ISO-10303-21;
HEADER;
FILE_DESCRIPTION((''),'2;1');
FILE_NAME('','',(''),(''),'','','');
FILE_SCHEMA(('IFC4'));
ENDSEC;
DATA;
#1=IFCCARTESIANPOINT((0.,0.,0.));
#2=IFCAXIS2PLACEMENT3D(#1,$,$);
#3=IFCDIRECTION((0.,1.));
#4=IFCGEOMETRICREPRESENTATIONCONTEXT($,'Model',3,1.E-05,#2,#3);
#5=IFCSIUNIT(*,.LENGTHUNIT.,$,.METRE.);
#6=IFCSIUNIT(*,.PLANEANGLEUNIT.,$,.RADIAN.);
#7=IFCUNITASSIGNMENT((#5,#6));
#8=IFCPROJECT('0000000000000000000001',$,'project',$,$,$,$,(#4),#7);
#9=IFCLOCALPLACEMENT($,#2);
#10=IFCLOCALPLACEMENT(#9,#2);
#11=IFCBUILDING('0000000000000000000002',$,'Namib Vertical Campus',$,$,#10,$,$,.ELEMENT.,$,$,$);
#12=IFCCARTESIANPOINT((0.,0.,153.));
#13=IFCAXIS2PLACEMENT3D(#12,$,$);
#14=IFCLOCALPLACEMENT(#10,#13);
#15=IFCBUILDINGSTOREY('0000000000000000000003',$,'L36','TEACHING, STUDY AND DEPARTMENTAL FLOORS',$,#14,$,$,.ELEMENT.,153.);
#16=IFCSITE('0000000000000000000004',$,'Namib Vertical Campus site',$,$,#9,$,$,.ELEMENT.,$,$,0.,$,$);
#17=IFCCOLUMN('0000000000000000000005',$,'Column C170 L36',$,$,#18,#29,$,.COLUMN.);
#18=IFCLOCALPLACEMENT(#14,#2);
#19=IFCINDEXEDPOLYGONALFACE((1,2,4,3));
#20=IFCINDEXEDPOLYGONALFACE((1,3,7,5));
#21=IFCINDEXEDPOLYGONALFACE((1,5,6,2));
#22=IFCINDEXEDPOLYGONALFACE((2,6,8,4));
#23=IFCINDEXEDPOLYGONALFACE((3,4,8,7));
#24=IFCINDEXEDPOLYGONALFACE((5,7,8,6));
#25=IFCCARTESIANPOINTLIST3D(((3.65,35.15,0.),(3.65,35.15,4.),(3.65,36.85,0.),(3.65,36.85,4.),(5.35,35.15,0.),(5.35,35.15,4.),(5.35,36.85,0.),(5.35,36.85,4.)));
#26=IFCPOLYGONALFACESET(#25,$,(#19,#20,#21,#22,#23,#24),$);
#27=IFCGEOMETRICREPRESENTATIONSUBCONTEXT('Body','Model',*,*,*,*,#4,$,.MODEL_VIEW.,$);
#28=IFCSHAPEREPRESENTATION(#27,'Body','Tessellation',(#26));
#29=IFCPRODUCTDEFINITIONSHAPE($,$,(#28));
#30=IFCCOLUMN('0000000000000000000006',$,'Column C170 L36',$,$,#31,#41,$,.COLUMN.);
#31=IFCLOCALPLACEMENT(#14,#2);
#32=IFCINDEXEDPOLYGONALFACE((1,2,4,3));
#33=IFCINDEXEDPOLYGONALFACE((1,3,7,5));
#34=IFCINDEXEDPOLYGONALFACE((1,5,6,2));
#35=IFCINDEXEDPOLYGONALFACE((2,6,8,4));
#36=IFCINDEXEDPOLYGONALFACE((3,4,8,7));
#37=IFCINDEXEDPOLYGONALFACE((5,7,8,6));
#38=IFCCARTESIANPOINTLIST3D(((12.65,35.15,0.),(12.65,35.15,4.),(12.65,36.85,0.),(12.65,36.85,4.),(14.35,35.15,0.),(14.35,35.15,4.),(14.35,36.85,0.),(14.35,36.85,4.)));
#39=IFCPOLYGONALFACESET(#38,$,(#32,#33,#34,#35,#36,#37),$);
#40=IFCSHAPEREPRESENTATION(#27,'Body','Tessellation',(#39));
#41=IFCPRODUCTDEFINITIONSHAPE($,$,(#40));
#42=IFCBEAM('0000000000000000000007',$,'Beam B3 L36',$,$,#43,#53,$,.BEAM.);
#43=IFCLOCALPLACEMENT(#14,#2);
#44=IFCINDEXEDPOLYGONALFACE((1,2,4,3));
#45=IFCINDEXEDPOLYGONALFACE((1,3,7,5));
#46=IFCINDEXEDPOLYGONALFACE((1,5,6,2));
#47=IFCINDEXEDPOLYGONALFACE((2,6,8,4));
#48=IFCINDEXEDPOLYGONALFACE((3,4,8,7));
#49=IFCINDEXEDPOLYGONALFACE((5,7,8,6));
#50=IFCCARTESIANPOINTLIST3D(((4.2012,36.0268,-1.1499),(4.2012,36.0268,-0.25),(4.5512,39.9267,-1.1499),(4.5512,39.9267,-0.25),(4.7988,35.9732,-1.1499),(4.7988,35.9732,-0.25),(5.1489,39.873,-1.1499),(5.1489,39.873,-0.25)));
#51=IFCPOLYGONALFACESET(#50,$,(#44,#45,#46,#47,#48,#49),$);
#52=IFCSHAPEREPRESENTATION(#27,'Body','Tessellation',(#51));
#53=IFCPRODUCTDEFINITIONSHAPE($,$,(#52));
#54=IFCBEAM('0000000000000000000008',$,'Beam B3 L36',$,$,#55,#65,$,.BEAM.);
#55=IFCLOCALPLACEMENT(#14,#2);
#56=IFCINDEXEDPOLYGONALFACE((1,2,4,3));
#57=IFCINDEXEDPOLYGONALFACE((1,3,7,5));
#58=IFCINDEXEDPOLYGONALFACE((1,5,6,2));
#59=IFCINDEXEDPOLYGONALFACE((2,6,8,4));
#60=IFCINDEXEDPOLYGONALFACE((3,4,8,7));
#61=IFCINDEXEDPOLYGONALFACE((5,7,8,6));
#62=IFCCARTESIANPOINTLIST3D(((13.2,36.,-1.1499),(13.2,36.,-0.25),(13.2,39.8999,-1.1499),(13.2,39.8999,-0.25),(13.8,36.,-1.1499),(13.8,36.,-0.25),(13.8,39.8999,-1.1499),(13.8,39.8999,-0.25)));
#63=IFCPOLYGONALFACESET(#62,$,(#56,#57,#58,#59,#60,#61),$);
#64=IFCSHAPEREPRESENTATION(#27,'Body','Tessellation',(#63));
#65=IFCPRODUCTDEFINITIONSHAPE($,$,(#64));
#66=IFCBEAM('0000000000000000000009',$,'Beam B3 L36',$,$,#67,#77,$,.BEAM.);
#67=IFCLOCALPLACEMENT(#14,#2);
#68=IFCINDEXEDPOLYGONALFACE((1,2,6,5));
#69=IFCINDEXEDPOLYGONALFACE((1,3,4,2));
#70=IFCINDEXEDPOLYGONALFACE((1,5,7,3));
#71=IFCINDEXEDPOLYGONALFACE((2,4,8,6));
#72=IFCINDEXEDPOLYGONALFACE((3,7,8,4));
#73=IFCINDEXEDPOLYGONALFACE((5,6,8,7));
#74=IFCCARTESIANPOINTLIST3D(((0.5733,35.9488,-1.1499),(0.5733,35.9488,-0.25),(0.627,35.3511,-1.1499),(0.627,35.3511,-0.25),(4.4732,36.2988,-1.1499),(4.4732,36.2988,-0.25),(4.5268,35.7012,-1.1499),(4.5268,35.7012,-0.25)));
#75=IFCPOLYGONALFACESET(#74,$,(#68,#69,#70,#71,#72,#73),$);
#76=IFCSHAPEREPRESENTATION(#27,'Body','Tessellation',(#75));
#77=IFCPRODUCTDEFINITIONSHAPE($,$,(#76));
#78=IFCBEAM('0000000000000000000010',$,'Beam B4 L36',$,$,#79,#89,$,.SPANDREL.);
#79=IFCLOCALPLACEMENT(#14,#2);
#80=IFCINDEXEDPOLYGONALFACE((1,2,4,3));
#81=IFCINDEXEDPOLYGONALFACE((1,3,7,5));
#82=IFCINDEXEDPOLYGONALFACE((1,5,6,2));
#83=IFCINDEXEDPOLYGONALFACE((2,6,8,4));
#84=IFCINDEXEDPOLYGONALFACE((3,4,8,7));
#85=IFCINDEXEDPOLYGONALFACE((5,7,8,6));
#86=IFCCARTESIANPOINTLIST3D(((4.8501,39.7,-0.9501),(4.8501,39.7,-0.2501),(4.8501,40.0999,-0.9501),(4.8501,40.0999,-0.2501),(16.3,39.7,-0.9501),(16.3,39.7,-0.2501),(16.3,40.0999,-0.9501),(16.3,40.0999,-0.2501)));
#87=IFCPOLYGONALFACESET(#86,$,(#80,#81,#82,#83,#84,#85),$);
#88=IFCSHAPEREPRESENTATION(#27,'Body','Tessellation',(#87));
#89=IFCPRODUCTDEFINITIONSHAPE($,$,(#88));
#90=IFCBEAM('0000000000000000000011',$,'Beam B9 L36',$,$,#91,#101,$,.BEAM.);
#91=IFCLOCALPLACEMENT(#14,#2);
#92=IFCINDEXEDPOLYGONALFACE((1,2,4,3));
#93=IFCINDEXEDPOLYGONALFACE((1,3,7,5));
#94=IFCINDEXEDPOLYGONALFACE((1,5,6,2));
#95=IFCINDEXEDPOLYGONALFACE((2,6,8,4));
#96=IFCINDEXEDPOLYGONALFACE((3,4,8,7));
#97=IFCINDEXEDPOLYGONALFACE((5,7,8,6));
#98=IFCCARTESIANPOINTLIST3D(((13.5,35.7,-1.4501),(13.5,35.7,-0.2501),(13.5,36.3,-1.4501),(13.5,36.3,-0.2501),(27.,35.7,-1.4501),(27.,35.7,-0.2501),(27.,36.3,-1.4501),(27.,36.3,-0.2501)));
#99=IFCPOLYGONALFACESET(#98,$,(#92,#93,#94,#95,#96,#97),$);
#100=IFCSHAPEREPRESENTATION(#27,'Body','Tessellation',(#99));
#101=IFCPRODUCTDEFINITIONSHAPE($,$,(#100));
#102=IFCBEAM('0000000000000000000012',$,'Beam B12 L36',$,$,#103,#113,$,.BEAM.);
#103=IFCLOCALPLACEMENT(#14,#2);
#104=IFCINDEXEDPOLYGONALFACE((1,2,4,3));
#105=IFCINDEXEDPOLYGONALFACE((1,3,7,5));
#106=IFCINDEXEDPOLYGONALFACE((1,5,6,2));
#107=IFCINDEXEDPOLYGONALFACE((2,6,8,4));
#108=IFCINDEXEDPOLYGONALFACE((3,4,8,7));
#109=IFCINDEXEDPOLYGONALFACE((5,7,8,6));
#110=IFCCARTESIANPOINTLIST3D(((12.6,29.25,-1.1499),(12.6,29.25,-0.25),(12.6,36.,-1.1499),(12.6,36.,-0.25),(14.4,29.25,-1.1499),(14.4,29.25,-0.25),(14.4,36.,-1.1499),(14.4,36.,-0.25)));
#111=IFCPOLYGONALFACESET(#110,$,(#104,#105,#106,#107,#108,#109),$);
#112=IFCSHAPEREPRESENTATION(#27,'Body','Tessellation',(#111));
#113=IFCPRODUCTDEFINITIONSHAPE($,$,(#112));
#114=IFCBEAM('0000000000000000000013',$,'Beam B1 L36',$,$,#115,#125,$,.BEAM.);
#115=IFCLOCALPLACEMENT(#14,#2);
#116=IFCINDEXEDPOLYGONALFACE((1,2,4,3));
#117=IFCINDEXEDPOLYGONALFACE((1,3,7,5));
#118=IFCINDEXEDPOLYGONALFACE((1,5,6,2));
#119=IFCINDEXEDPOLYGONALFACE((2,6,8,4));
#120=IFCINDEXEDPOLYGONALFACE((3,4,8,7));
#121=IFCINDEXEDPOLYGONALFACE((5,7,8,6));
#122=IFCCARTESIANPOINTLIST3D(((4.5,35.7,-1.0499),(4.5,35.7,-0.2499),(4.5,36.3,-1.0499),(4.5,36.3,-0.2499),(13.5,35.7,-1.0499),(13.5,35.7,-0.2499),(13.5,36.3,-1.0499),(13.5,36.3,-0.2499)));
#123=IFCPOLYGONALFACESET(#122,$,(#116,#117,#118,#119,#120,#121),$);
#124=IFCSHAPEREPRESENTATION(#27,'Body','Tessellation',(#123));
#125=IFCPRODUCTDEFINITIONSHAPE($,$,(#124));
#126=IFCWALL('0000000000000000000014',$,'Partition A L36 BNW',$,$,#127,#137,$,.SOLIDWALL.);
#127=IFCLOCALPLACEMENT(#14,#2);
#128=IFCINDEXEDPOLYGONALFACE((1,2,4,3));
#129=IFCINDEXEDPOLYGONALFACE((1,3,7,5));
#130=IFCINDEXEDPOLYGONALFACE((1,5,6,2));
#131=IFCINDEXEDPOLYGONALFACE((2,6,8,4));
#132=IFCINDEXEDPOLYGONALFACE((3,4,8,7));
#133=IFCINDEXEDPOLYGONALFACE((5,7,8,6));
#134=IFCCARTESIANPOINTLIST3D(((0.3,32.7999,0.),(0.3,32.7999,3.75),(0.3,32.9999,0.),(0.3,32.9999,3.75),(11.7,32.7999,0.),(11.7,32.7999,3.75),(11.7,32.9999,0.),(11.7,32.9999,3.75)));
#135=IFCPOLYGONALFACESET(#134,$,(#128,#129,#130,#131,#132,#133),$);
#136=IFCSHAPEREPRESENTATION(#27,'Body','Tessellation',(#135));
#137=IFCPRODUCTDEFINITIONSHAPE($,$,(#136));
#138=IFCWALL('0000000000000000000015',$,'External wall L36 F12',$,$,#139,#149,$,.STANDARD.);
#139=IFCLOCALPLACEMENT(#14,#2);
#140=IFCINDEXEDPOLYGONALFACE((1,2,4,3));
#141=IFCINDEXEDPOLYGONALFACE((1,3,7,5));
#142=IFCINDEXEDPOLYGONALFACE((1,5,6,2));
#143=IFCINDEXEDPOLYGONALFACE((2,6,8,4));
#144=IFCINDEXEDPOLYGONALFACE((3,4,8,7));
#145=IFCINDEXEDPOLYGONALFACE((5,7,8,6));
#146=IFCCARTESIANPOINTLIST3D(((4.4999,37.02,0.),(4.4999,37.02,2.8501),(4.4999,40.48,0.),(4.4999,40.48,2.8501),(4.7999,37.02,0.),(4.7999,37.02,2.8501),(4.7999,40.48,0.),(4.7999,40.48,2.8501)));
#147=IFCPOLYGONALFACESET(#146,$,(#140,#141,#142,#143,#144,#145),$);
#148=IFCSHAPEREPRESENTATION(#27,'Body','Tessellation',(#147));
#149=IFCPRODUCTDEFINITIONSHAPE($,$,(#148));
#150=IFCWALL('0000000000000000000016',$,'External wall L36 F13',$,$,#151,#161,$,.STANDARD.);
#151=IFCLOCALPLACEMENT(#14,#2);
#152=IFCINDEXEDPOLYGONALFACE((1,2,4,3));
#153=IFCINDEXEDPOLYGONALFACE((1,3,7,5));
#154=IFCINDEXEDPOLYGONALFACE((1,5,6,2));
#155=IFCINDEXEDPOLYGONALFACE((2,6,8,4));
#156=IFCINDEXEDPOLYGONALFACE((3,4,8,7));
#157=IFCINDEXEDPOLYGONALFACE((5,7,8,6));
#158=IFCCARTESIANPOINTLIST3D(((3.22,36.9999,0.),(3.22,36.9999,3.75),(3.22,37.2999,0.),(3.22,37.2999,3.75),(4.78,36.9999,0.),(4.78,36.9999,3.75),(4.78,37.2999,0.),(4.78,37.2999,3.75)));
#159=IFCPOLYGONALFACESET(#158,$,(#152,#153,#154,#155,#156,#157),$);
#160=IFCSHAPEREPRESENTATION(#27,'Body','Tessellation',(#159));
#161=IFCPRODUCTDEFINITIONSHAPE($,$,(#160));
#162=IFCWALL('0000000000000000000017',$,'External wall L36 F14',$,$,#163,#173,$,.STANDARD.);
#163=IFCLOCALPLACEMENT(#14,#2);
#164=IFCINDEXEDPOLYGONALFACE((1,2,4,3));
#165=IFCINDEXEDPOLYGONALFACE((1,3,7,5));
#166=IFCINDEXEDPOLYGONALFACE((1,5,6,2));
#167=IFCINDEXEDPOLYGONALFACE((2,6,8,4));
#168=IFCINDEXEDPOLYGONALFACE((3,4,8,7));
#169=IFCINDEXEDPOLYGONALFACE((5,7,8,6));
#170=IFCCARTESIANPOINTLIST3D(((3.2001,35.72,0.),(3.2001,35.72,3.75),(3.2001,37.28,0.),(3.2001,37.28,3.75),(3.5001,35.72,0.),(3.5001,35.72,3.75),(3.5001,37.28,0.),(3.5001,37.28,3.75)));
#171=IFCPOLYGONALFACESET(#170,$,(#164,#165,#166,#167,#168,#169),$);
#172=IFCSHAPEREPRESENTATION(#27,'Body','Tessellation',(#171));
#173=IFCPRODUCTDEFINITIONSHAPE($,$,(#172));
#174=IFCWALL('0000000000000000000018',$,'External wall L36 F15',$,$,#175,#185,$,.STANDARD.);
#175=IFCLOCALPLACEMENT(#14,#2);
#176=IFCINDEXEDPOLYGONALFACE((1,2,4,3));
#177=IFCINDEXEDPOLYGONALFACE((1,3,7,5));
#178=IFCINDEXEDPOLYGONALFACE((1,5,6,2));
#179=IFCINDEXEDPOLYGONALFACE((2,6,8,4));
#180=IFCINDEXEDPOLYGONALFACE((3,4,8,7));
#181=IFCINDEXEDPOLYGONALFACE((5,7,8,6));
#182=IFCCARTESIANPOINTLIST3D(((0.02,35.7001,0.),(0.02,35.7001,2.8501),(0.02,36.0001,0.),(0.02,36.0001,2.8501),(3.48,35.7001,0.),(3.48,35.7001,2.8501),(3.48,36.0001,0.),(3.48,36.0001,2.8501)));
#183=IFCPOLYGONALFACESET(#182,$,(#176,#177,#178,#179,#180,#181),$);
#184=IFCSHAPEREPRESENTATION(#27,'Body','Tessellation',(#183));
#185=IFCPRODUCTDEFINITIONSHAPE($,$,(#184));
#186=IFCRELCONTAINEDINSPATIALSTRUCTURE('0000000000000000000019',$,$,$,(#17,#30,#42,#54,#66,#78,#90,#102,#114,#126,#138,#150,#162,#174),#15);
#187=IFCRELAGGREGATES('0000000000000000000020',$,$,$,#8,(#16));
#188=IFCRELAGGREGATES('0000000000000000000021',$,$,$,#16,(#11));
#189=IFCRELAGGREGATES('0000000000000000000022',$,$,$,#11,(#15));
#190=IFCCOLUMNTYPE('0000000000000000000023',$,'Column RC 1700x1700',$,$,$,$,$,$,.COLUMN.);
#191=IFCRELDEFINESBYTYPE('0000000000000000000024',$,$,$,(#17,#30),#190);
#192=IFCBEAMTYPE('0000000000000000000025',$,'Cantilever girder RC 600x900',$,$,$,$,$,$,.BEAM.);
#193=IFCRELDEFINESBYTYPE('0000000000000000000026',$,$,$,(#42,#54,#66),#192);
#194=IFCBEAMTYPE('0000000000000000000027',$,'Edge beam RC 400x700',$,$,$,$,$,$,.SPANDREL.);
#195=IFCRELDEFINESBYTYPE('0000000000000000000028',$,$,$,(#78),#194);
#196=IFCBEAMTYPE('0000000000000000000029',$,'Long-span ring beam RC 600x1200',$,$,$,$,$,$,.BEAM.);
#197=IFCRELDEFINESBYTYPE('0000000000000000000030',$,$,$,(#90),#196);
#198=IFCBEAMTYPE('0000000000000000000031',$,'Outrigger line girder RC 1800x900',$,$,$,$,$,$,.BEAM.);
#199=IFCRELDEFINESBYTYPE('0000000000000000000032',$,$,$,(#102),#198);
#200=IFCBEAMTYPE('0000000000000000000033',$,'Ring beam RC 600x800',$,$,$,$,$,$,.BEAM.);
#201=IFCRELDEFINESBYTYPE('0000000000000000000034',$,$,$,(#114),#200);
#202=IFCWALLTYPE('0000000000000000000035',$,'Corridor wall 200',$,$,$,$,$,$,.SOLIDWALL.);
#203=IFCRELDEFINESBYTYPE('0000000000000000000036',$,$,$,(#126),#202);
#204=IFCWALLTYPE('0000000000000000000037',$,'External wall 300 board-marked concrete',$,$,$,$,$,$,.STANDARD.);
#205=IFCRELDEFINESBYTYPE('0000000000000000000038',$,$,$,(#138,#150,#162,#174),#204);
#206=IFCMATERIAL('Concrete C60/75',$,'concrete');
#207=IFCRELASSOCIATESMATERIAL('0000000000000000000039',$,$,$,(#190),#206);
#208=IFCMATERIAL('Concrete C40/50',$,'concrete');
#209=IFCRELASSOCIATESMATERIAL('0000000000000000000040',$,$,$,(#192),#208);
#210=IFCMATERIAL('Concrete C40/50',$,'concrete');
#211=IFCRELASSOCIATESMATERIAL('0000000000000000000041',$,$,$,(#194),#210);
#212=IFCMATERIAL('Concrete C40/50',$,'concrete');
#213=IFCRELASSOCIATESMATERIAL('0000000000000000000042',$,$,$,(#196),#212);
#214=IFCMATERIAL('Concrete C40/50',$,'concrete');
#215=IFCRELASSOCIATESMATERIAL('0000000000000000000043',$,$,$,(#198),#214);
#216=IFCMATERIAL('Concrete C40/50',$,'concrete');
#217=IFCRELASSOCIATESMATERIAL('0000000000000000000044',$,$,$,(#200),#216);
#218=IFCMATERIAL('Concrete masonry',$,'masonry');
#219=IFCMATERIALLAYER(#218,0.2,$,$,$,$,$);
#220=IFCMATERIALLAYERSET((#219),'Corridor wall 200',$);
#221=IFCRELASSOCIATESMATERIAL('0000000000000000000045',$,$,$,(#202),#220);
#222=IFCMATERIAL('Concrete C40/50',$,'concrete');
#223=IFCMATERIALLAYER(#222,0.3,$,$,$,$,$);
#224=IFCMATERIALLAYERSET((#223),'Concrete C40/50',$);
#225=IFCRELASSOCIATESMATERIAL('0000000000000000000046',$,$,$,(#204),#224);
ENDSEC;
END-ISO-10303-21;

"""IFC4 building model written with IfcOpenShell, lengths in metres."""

from ifc_helpers import new_model, si_unit, direction, frame, frame_2d, origin, origin_2d, place, context, subcontext, project, spatial, rectangle, extrude, material, layer, layer_set, material_profile, profile_set, type_object, element, save


model = new_model("IFC4")

# Units and contexts
model_context = context("Model", 3, precision=1e-05, world=origin(), true_north=direction((0.0, 1.0)))
body_context = subcontext(model_context, "Body", "Model", "MODEL_VIEW")
ifc_project = project(units=[si_unit("LENGTHUNIT", "METRE"), si_unit("PLANEANGLEUNIT", "RADIAN")], contexts=[model_context])

# Site, building, storey
site_placement = place(None, origin())
site = spatial("IfcSite", under=ifc_project, at=site_placement, Name="Namib Vertical Campus site", CompositionType="ELEMENT", RefElevation=0.0)
building_placement = place(site_placement, origin())
building = spatial("IfcBuilding", under=site, at=building_placement, Name="Namib Vertical Campus", CompositionType="ELEMENT")
storey_placement = place(building_placement, frame((0.0, 0.0, 153.0)))
storey = spatial("IfcBuildingStorey", under=building, at=storey_placement, Name="L36", Description="TEACHING, STUDY AND DEPARTMENTAL FLOORS", CompositionType="ELEMENT", Elevation=153.0)

# Columns
ifc_material_1 = material(Name="Concrete C60/75", Category="concrete")
ifc_material_profile_1 = material_profile(ifc_material_1, rectangle(XDim=1.7, YDim=1.7, at=origin_2d()))
ifc_profile_set_1 = profile_set([ifc_material_profile_1], Name="Concrete C60/75")
column_type = type_object("IfcColumnType", Name="Column RC 1700x1700", PredefinedType="COLUMN", material=ifc_profile_set_1)
for number, where, z_axis, x_axis, name in (
    (1, (4.5, 36.0, 0.0), (0.0, 0.0, 1.0), (1.0, 0.0, 0.0), "Column C170 L36"),
    (2, (13.5, 36.0, 0.0), (0.0, 0.0, 1.0), (1.0, 0.0, 0.0), "Column C170 L36"),
):
    element("IfcColumn", number, at=place(storey_placement, frame(where, z_axis=z_axis, x_axis=x_axis)), inside=storey, type_object=column_type, Name=name, PredefinedType="COLUMN", context=body_context, shape_type="SweptSolid", body=[
        extrude(rectangle(XDim=1.7, YDim=1.7, at=origin_2d()), origin(), (0.0, 0.0, 1.0), 4.0),
    ])

# Beams
ifc_material_2 = material(Name="Concrete C40/50", Category="concrete")
ifc_material_profile_2 = material_profile(ifc_material_2, rectangle(XDim=0.6001, YDim=0.8999, at=origin_2d()))
ifc_profile_set_2 = profile_set([ifc_material_profile_2], Name="Concrete C40/50")
beam_type_1 = type_object("IfcBeamType", Name="Cantilever girder RC 600x900", PredefinedType="BEAM", material=ifc_profile_set_2)
beam_1_placement = place(storey_placement, frame((4.5, 36.0, -0.7), z_axis=(0.089411, 0.995995, 0.0), x_axis=(-0.995995, 0.089411, 0.0)))
element("IfcBeam", 3, at=beam_1_placement, inside=storey, type_object=beam_type_1, Name="Beam B3 L36", PredefinedType="BEAM", context=body_context, shape_type="SweptSolid", body=[
    extrude(rectangle(XDim=0.6001, YDim=0.8999, at=origin_2d()), origin(), (0.0, 0.0, 1.0), 3.9155),
])
beam_2_placement = place(storey_placement, frame((13.5, 36.0, -0.7), z_axis=(0.0, 1.0, 0.0), x_axis=(-1.0, 0.0, 0.0)))
element("IfcBeam", 4, at=beam_2_placement, inside=storey, type_object=beam_type_1, Name="Beam B3 L36", PredefinedType="BEAM", context=body_context, shape_type="SweptSolid", body=[
    extrude(rectangle(XDim=0.6001, YDim=0.8999, at=origin_2d()), origin(), (0.0, 0.0, 1.0), 3.8999),
])
beam_3_placement = place(storey_placement, frame((4.5, 36.0, -0.7), z_axis=(-0.995995, -0.089411, 0.0), x_axis=(0.089411, -0.995995, 0.0)))
element("IfcBeam", 5, at=beam_3_placement, inside=storey, type_object=beam_type_1, Name="Beam B3 L36", PredefinedType="BEAM", context=body_context, shape_type="SweptSolid", body=[
    extrude(rectangle(XDim=0.6001, YDim=0.8999, at=origin_2d()), origin(), (0.0, 0.0, 1.0), 3.9155),
])
ifc_material_3 = material(Name="Concrete C40/50", Category="concrete")
ifc_material_profile_3 = material_profile(ifc_material_3, rectangle(XDim=0.3999, YDim=0.7, at=origin_2d()))
ifc_profile_set_3 = profile_set([ifc_material_profile_3], Name="Concrete C40/50")
beam_type_2 = type_object("IfcBeamType", Name="Edge beam RC 400x700", PredefinedType="SPANDREL", material=ifc_profile_set_3)
beam_4_placement = place(storey_placement, frame((4.8501, 39.8999, -0.6001), z_axis=(1.0, 0.0, 0.0), x_axis=(0.0, 1.0, 0.0)))
element("IfcBeam", 6, at=beam_4_placement, inside=storey, type_object=beam_type_2, Name="Beam B4 L36", PredefinedType="SPANDREL", context=body_context, shape_type="SweptSolid", body=[
    extrude(rectangle(XDim=0.3999, YDim=0.7, at=origin_2d()), origin(), (0.0, 0.0, 1.0), 11.45),
])
ifc_material_4 = material(Name="Concrete C40/50", Category="concrete")
ifc_material_profile_4 = material_profile(ifc_material_4, rectangle(XDim=0.6001, YDim=1.2, at=origin_2d()))
ifc_profile_set_4 = profile_set([ifc_material_profile_4], Name="Concrete C40/50")
beam_type_3 = type_object("IfcBeamType", Name="Long-span ring beam RC 600x1200", PredefinedType="BEAM", material=ifc_profile_set_4)
beam_5_placement = place(storey_placement, frame((13.5, 36.0, -0.8501), z_axis=(1.0, 0.0, 0.0), x_axis=(0.0, 1.0, 0.0)))
element("IfcBeam", 7, at=beam_5_placement, inside=storey, type_object=beam_type_3, Name="Beam B9 L36", PredefinedType="BEAM", context=body_context, shape_type="SweptSolid", body=[
    extrude(rectangle(XDim=0.6001, YDim=1.2, at=origin_2d()), origin(), (0.0, 0.0, 1.0), 13.5),
])
ifc_material_5 = material(Name="Concrete C40/50", Category="concrete")
ifc_material_profile_5 = material_profile(ifc_material_5, rectangle(XDim=1.8, YDim=0.8999, at=origin_2d()))
ifc_profile_set_5 = profile_set([ifc_material_profile_5], Name="Concrete C40/50")
beam_type_4 = type_object("IfcBeamType", Name="Outrigger line girder RC 1800x900", PredefinedType="BEAM", material=ifc_profile_set_5)
beam_6_placement = place(storey_placement, frame((13.5, 36.0, -0.7), z_axis=(0.0, -1.0, 0.0), x_axis=(1.0, 0.0, 0.0)))
element("IfcBeam", 8, at=beam_6_placement, inside=storey, type_object=beam_type_4, Name="Beam B12 L36", PredefinedType="BEAM", context=body_context, shape_type="SweptSolid", body=[
    extrude(rectangle(XDim=1.8, YDim=0.8999, at=origin_2d()), origin(), (0.0, 0.0, 1.0), 6.75),
])
ifc_material_6 = material(Name="Concrete C40/50", Category="concrete")
ifc_material_profile_6 = material_profile(ifc_material_6, rectangle(XDim=0.6001, YDim=0.8, at=origin_2d()))
ifc_profile_set_6 = profile_set([ifc_material_profile_6], Name="Concrete C40/50")
beam_type_5 = type_object("IfcBeamType", Name="Ring beam RC 600x800", PredefinedType="BEAM", material=ifc_profile_set_6)
beam_7_placement = place(storey_placement, frame((4.5, 36.0, -0.6499), z_axis=(1.0, 0.0, 0.0), x_axis=(0.0, 1.0, 0.0)))
element("IfcBeam", 9, at=beam_7_placement, inside=storey, type_object=beam_type_5, Name="Beam B1 L36", PredefinedType="BEAM", context=body_context, shape_type="SweptSolid", body=[
    extrude(rectangle(XDim=0.6001, YDim=0.8, at=origin_2d()), origin(), (0.0, 0.0, 1.0), 9.0),
])

# Walls
ifc_material_7 = material(Name="Concrete masonry", Category="masonry")
ifc_layer_1 = layer(ifc_material_7, 0.2)
ifc_layer_set_1 = layer_set([ifc_layer_1], Name="Corridor wall 200")
wall_type_1 = type_object("IfcWallType", Name="Corridor wall 200", PredefinedType="SOLIDWALL", material=ifc_layer_set_1)
wall_1_placement = place(storey_placement, frame((0.3, 32.8999, 0.0), z_axis=(0.0, 0.0, 1.0), x_axis=(1.0, 0.0, 0.0)))
element("IfcWall", 10, at=wall_1_placement, inside=storey, type_object=wall_type_1, Name="Partition A L36 BNW", PredefinedType="SOLIDWALL", context=body_context, shape_type="SweptSolid", body=[
    extrude(rectangle(XDim=11.3999, YDim=0.2, at=frame_2d((5.7, 0.0))), origin(), (0.0, 0.0, 1.0), 3.75),
])
ifc_material_8 = material(Name="Concrete C40/50", Category="concrete")
ifc_layer_2 = layer(ifc_material_8, 0.3)
ifc_layer_set_2 = layer_set([ifc_layer_2], Name="Concrete C40/50")
wall_type_2 = type_object("IfcWallType", Name="External wall 300 board-marked concrete", PredefinedType="STANDARD", material=ifc_layer_set_2)
wall_2_placement = place(storey_placement, frame((4.6499, 40.48, 0.0), z_axis=(0.0, 0.0, 1.0), x_axis=(0.0, -1.0, 0.0)))
element("IfcWall", 11, at=wall_2_placement, inside=storey, type_object=wall_type_2, Name="External wall L36 F12", PredefinedType="STANDARD", context=body_context, shape_type="SweptSolid", body=[
    extrude(rectangle(XDim=3.46, YDim=0.3, at=frame_2d((1.73, 0.0))), origin(), (0.0, 0.0, 1.0), 2.8501),
])
for number, where, z_axis, x_axis, name in (
    (12, (4.78, 37.1499, 0.0), (0.0, 0.0, 1.0), (-1.0, 0.0, 0.0), "External wall L36 F13"),
    (13, (3.3501, 37.28, 0.0), (0.0, 0.0, 1.0), (0.0, -1.0, 0.0), "External wall L36 F14"),
):
    element("IfcWall", number, at=place(storey_placement, frame(where, z_axis=z_axis, x_axis=x_axis)), inside=storey, type_object=wall_type_2, Name=name, PredefinedType="STANDARD", context=body_context, shape_type="SweptSolid", body=[
        extrude(rectangle(XDim=1.5601, YDim=0.3, at=frame_2d((0.78, 0.0))), origin(), (0.0, 0.0, 1.0), 3.75),
    ])
wall_3_placement = place(storey_placement, frame((3.48, 35.8501, 0.0), z_axis=(0.0, 0.0, 1.0), x_axis=(-1.0, 0.0, 0.0)))
element("IfcWall", 14, at=wall_3_placement, inside=storey, type_object=wall_type_2, Name="External wall L36 F15", PredefinedType="STANDARD", context=body_context, shape_type="SweptSolid", body=[
    extrude(rectangle(XDim=3.46, YDim=0.3, at=frame_2d((1.73, 0.0))), origin(), (0.0, 0.0, 1.0), 2.8501),
])

save(model, "model.ifc")
